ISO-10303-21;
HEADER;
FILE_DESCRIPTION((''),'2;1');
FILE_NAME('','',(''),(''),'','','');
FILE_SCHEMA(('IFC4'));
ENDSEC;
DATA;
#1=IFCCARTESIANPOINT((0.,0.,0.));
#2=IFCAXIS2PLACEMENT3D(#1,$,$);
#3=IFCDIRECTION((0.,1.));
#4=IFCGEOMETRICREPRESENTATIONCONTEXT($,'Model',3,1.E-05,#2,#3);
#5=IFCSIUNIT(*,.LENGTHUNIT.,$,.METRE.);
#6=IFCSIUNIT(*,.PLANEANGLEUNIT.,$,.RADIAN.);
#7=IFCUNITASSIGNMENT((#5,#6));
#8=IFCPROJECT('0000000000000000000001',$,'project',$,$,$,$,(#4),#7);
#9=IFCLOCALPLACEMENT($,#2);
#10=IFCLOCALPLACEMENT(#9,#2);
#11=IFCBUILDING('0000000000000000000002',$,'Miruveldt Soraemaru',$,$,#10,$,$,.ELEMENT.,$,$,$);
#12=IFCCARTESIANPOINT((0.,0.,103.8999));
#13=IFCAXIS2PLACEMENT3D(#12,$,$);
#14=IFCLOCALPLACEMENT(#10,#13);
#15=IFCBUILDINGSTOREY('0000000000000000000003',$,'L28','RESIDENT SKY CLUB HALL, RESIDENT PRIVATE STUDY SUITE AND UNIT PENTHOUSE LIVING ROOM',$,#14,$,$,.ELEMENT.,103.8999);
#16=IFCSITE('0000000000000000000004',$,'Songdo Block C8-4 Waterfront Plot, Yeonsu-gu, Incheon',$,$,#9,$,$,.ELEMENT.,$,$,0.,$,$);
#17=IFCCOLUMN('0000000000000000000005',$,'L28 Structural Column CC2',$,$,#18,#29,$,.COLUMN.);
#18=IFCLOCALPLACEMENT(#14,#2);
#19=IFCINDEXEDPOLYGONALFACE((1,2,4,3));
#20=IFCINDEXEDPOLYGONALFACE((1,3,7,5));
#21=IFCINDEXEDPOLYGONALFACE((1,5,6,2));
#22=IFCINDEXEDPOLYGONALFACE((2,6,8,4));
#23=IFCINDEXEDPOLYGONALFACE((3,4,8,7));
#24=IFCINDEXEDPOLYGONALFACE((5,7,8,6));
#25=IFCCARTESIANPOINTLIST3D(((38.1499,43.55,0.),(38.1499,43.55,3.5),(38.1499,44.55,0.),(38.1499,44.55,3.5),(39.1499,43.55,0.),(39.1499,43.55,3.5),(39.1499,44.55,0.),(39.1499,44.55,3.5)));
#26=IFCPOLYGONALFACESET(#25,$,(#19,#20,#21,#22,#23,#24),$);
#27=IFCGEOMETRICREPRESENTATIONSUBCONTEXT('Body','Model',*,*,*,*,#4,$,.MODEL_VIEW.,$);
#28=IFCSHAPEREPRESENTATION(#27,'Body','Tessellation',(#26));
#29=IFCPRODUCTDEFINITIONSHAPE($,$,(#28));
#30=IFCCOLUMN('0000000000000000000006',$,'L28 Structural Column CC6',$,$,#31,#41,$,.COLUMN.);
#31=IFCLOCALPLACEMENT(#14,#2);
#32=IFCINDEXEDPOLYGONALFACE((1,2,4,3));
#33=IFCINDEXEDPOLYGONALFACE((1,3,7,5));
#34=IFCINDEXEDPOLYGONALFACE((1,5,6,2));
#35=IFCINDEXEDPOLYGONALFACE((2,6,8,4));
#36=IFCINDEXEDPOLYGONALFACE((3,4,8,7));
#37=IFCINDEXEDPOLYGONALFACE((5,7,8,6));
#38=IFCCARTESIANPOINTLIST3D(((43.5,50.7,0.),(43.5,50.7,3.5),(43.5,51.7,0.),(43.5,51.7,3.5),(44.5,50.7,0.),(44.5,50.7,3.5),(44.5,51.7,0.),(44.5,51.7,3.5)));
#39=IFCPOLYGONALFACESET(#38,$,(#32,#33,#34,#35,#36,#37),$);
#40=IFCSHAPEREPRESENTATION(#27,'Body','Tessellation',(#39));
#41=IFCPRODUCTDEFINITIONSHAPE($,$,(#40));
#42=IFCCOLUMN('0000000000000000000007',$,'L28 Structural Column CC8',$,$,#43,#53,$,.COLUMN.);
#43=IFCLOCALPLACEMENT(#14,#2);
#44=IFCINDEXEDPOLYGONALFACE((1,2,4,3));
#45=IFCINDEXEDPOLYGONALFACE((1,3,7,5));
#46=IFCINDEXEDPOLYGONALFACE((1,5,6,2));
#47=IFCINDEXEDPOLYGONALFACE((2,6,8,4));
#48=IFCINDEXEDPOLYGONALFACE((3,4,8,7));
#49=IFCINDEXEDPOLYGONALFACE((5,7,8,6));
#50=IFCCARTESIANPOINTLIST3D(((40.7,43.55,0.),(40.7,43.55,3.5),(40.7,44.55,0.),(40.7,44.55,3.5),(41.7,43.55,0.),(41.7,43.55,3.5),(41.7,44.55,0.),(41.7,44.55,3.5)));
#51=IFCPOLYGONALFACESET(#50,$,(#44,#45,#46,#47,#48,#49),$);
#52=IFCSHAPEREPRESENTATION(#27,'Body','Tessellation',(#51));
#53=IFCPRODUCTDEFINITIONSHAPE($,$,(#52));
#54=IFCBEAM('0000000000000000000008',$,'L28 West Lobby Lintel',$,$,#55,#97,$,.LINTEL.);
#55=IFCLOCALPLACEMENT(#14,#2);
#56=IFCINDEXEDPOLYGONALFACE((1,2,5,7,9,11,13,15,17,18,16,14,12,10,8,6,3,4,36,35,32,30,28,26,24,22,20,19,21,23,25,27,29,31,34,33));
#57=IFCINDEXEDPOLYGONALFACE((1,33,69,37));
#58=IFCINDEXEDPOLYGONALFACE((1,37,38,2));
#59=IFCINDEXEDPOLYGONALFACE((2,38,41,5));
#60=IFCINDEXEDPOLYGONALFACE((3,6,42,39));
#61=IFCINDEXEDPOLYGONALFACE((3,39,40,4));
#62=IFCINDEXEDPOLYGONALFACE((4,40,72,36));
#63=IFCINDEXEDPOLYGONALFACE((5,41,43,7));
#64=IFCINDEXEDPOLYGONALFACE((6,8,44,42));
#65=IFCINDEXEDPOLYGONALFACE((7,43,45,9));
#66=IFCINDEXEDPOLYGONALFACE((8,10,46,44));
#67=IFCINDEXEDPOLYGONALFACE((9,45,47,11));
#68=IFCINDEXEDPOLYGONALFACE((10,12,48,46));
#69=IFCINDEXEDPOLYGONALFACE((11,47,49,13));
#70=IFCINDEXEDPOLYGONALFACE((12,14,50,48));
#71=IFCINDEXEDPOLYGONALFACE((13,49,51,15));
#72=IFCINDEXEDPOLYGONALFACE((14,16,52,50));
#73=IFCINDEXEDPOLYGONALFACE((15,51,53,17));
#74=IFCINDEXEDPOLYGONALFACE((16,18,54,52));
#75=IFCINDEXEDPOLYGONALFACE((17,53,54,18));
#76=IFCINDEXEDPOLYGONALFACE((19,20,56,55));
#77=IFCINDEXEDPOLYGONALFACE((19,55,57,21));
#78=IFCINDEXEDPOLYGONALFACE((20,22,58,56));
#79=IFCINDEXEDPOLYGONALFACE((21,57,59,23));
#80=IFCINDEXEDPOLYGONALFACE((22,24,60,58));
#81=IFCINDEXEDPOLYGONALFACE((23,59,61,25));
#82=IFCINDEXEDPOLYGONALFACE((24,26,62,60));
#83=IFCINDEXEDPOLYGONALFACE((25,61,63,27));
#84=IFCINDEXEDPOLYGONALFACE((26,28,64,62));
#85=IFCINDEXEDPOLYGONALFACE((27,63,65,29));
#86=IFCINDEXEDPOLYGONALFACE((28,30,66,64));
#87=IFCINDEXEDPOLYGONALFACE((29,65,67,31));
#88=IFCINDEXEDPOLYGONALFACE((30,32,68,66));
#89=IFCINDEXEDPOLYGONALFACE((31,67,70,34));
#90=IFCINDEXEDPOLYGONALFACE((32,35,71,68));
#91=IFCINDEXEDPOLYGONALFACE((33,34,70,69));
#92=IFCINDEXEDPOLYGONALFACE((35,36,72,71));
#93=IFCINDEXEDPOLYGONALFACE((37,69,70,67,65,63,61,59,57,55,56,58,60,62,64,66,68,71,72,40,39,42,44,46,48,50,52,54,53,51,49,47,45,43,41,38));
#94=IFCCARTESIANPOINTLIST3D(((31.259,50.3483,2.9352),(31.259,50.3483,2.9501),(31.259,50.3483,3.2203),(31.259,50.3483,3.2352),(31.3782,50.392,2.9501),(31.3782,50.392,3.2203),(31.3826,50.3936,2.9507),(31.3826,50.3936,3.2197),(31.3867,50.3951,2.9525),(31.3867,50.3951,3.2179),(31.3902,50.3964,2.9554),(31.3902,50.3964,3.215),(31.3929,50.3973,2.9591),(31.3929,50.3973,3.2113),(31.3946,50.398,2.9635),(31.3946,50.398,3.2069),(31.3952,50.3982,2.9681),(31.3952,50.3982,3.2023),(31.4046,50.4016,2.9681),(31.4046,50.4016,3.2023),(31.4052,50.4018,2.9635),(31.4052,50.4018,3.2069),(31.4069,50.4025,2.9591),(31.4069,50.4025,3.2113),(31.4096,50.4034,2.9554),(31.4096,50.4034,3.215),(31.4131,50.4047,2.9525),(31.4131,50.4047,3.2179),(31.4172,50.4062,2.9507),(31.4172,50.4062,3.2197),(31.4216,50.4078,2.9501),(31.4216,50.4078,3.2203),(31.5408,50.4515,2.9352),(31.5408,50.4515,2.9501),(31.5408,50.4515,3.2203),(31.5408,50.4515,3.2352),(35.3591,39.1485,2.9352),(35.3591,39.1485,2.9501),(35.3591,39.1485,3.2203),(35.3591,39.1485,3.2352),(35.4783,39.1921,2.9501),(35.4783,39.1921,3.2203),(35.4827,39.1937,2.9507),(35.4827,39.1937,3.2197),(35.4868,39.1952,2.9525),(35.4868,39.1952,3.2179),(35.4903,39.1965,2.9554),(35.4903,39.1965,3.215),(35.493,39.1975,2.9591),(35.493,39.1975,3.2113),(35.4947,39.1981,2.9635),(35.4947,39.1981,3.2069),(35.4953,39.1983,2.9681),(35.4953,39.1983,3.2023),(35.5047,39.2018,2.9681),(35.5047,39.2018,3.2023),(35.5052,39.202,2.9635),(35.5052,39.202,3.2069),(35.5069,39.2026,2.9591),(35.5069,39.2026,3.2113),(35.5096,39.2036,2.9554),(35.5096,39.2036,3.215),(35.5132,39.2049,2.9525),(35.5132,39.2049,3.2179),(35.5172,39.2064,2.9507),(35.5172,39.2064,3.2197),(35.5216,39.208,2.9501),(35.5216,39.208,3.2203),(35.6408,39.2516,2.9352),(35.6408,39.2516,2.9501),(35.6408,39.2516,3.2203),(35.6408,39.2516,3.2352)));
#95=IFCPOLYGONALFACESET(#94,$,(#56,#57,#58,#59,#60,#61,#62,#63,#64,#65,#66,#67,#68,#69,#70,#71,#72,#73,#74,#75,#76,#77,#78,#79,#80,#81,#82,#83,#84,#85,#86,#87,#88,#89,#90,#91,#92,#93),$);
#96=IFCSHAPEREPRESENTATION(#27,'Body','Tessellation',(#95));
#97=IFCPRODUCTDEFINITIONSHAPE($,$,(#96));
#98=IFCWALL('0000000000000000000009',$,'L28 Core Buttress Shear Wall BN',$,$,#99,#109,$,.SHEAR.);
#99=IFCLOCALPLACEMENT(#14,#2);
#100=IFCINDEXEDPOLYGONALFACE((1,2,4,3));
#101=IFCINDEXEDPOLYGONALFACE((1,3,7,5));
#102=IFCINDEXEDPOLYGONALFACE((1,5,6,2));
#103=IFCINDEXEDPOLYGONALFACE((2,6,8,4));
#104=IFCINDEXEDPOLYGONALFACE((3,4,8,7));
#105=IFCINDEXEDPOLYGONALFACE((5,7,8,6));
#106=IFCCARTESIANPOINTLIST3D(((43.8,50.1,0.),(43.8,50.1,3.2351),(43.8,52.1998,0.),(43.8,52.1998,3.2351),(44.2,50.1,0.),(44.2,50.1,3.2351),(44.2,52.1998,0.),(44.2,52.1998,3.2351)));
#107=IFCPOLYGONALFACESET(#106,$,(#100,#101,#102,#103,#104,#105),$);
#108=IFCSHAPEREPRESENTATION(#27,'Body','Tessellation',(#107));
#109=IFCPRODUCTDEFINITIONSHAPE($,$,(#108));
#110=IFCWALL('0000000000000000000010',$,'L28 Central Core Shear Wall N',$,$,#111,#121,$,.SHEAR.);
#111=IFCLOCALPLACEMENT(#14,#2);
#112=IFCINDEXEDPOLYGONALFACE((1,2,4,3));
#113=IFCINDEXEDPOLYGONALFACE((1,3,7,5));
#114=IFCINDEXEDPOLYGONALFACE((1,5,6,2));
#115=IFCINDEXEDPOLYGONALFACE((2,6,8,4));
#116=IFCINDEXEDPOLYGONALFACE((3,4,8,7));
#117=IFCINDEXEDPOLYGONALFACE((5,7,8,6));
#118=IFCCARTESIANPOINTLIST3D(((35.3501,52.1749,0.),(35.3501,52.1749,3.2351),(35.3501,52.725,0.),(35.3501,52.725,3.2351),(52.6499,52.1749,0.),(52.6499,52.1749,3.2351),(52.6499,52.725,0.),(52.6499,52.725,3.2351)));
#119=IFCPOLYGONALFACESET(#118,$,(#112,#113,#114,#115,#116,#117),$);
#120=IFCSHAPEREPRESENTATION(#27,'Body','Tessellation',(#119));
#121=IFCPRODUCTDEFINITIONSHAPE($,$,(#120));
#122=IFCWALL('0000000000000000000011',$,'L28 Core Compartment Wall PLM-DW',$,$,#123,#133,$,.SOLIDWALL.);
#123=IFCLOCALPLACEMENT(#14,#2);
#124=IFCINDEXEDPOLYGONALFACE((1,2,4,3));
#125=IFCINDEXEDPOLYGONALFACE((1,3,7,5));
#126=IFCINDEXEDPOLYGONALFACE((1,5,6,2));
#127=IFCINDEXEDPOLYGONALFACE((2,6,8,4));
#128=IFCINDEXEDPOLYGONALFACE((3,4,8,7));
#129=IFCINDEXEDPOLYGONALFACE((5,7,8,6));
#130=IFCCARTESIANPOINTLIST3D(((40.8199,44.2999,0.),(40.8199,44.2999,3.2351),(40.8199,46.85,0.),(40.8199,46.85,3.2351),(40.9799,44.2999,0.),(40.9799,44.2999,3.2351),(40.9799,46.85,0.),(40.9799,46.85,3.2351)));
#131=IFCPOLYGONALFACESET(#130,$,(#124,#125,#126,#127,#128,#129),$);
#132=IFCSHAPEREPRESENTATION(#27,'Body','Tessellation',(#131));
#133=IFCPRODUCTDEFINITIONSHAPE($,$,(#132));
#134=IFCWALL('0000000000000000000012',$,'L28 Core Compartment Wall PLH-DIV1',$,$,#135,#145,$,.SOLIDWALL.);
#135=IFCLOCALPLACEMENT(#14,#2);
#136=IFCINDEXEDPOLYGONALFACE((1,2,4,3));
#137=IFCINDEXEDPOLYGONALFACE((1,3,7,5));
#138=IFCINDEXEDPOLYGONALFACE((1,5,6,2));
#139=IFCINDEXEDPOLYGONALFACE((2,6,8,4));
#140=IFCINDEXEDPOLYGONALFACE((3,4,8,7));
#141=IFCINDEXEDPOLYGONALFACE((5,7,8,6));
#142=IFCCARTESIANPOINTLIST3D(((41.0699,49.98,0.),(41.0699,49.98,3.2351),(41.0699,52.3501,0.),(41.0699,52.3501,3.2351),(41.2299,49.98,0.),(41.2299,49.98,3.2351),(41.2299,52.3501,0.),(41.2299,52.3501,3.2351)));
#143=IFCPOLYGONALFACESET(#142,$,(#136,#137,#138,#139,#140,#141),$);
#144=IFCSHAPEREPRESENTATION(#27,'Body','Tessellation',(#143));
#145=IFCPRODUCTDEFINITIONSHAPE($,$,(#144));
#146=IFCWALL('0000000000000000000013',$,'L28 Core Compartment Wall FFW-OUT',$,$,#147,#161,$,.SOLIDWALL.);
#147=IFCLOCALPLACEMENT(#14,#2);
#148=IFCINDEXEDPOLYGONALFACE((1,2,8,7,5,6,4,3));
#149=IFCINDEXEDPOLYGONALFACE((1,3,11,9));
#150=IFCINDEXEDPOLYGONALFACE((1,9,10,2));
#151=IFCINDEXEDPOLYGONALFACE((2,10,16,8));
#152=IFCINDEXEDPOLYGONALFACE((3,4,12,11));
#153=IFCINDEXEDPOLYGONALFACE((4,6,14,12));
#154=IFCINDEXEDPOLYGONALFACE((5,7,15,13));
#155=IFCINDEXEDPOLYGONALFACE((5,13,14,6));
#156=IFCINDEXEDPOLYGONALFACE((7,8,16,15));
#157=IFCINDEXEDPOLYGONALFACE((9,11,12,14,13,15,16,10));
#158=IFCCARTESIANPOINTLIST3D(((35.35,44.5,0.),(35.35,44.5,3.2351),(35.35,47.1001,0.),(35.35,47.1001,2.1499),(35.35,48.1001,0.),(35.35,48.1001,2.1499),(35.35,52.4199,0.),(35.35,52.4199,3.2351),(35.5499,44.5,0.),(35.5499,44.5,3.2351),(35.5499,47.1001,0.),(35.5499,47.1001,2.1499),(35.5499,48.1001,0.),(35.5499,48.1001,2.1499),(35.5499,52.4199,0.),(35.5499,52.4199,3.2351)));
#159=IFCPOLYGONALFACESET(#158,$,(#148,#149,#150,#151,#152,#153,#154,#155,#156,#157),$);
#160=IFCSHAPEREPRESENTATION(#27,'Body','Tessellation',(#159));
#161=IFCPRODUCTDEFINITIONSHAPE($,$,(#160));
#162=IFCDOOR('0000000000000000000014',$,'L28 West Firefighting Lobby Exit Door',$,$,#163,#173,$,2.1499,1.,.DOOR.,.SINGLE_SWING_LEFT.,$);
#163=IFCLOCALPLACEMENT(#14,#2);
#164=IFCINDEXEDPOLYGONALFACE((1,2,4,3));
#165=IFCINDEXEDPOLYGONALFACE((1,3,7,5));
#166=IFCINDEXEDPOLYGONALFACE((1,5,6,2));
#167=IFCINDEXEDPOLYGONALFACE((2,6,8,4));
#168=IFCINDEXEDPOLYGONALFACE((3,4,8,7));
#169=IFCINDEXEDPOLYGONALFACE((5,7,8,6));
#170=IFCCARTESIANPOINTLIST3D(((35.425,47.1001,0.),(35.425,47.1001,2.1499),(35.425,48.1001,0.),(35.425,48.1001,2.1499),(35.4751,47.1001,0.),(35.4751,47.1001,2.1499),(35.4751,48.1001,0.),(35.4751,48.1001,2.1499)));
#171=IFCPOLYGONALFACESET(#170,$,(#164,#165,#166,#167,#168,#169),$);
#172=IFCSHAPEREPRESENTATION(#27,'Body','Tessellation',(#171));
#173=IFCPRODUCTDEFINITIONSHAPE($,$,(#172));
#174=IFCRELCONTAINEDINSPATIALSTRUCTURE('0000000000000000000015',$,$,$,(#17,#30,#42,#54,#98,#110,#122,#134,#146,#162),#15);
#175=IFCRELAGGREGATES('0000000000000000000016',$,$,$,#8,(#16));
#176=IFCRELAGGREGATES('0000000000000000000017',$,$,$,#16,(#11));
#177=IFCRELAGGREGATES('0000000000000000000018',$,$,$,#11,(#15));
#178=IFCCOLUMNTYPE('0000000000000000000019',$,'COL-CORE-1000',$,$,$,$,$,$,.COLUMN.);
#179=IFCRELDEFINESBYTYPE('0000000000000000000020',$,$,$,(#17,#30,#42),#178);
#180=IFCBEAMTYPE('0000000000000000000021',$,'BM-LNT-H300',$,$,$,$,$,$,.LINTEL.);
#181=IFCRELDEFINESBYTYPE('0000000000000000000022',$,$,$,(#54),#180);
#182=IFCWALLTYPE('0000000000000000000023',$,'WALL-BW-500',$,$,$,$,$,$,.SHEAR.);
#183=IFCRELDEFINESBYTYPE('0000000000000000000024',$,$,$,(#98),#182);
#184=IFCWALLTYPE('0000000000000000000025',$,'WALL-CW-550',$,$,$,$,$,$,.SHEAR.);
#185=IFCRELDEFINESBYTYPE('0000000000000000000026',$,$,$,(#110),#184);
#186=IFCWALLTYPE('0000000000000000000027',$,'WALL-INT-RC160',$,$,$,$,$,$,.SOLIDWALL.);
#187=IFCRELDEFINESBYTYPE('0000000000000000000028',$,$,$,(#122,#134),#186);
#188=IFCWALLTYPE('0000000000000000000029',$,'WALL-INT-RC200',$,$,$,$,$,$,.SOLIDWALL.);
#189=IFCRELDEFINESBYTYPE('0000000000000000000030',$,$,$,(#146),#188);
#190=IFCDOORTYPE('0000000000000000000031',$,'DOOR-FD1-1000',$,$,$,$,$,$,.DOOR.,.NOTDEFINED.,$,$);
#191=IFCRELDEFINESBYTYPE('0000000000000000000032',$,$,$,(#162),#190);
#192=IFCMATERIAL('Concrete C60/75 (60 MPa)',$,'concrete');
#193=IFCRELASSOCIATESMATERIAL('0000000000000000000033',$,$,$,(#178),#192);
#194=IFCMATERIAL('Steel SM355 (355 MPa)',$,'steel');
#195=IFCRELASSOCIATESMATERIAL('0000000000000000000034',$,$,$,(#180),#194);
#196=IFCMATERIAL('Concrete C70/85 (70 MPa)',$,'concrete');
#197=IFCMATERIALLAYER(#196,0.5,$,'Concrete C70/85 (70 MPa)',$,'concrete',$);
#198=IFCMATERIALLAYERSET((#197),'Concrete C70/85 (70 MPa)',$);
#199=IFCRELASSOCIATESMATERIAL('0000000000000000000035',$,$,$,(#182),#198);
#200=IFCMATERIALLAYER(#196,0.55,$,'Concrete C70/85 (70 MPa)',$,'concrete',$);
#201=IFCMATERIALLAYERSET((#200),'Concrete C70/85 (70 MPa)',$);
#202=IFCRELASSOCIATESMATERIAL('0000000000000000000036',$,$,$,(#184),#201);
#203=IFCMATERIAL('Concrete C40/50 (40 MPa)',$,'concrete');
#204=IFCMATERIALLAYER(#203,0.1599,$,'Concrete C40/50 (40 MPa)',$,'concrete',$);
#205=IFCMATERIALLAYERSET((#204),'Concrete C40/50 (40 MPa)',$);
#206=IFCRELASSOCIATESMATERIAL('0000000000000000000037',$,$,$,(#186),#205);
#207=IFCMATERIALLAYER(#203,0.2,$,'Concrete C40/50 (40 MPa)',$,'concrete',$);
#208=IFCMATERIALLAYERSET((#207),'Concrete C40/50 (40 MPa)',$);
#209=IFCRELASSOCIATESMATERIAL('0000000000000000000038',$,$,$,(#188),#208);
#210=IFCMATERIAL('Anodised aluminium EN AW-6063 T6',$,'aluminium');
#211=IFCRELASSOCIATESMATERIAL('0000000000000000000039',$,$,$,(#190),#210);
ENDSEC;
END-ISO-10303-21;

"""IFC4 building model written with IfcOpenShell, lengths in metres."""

from ifc_helpers import new_model, si_unit, direction, frame, frame_2d, origin, origin_2d, place, context, subcontext, project, spatial, rectangle, i_section, extrude, material, layer, layer_set, material_profile, profile_set, type_object, element, fill, save


model = new_model("IFC4")

# Units and contexts
model_context = context("Model", 3, precision=1e-05, world=origin(), true_north=direction((0.0, 1.0)))
body_context = subcontext(model_context, "Body", "Model", "MODEL_VIEW")
ifc_project = project(units=[si_unit("LENGTHUNIT", "METRE"), si_unit("PLANEANGLEUNIT", "RADIAN")], contexts=[model_context])

# Site, building, storey
site_placement = place(None, origin())
site = spatial("IfcSite", under=ifc_project, at=site_placement, Name="Songdo Block C8-4 Waterfront Plot, Yeonsu-gu, Incheon", CompositionType="ELEMENT", RefElevation=0.0)
building_placement = place(site_placement, origin())
building = spatial("IfcBuilding", under=site, at=building_placement, Name="Miruveldt Soraemaru", CompositionType="ELEMENT")
storey_placement = place(building_placement, frame((0.0, 0.0, 103.8999)))
storey = spatial("IfcBuildingStorey", under=building, at=storey_placement, Name="L28", Description="RESIDENT SKY CLUB HALL, RESIDENT PRIVATE STUDY SUITE AND UNIT PENTHOUSE LIVING ROOM", CompositionType="ELEMENT", Elevation=103.8999)

# Columns
ifc_material_1 = material(Name="Concrete C60/75 (60 MPa)", Category="concrete")
ifc_material_profile_1 = material_profile(ifc_material_1, rectangle(XDim=1.0, YDim=1.0, at=origin_2d()), Name="Concrete C60/75 (60 MPa)", Category="concrete")
ifc_profile_set_1 = profile_set([ifc_material_profile_1], Name="Concrete C60/75 (60 MPa)")
column_type = type_object("IfcColumnType", Name="COL-CORE-1000", PredefinedType="COLUMN", material=ifc_profile_set_1)
for number, where, z_axis, x_axis, name in (
    (1, (38.6499, 44.05, 0.0), (0.0, 0.0, 1.0), (1.0, 0.0, 0.0), "L28 Structural Column CC2"),
    (2, (44.0, 51.2, 0.0), (0.0, 0.0, 1.0), (1.0, 0.0, 0.0), "L28 Structural Column CC6"),
    (3, (41.2, 44.05, 0.0), (0.0, 0.0, 1.0), (1.0, 0.0, 0.0), "L28 Structural Column CC8"),
):
    element("IfcColumn", number, at=place(storey_placement, frame(where, z_axis=z_axis, x_axis=x_axis)), inside=storey, type_object=column_type, Name=name, PredefinedType="COLUMN", context=body_context, shape_type="SweptSolid", body=[
        extrude(rectangle(XDim=1.0, YDim=1.0, at=origin_2d()), origin(), (0.0, 0.0, 1.0), 3.5),
    ])

# Beam
ifc_material_2 = material(Name="Steel SM355 (355 MPa)", Category="steel")
ifc_material_profile_2 = material_profile(ifc_material_2, i_section(OverallWidth=0.3, OverallDepth=0.3, WebThickness=0.01, FlangeThickness=0.0149, FilletRadius=0.0181, at=origin_2d()), Name="Steel SM355 (355 MPa)", Category="steel")
ifc_profile_set_2 = profile_set([ifc_material_profile_2], Name="Steel SM355 (355 MPa)")
beam_type = type_object("IfcBeamType", Name="BM-LNT-H300", PredefinedType="LINTEL", material=ifc_profile_set_2)
beam_placement = place(storey_placement, frame((31.3999, 50.3999, 3.0852), z_axis=(0.34377, -0.939054, 0.0), x_axis=(0.939054, 0.34377, 0.0)))
element("IfcBeam", 4, at=beam_placement, inside=storey, type_object=beam_type, Name="L28 West Lobby Lintel", PredefinedType="LINTEL", context=body_context, shape_type="SweptSolid", body=[
    extrude(i_section(OverallWidth=0.3, OverallDepth=0.3, WebThickness=0.01, FlangeThickness=0.0149, FilletRadius=0.0181, at=origin_2d()), origin(), (0.0, 0.0, 1.0), 11.9268),
])

# Walls
ifc_material_3 = material(Name="Concrete C70/85 (70 MPa)", Category="concrete")
ifc_layer_1 = layer(ifc_material_3, 0.5, Name="Concrete C70/85 (70 MPa)", Category="concrete")
ifc_layer_set_1 = layer_set([ifc_layer_1], Name="Concrete C70/85 (70 MPa)")
wall_type_1 = type_object("IfcWallType", Name="WALL-BW-500", PredefinedType="SHEAR", material=ifc_layer_set_1)
wall_1_placement = place(storey_placement, frame((44.0, 50.1001, 0.0), z_axis=(0.0, 0.0, 1.0), x_axis=(0.0, 1.0, 0.0)))
element("IfcWall", 5, at=wall_1_placement, inside=storey, type_object=wall_type_1, Name="L28 Core Buttress Shear Wall BN", PredefinedType="SHEAR", context=body_context, shape_type="SweptSolid", body=[
    extrude(rectangle(XDim=2.0999, YDim=0.3999, at=frame_2d((1.0498, 0.0))), origin(), (0.0, 0.0, 1.0), 3.2351),
])
ifc_layer_2 = layer(ifc_material_3, 0.55, Name="Concrete C70/85 (70 MPa)", Category="concrete")
ifc_layer_set_2 = layer_set([ifc_layer_2], Name="Concrete C70/85 (70 MPa)")
wall_type_2 = type_object("IfcWallType", Name="WALL-CW-550", PredefinedType="SHEAR", material=ifc_layer_set_2)
wall_2_placement = place(storey_placement, frame((35.3501, 52.45, 0.0), z_axis=(0.0, 0.0, 1.0), x_axis=(1.0, 0.0, 0.0)))
element("IfcWall", 6, at=wall_2_placement, inside=storey, type_object=wall_type_2, Name="L28 Central Core Shear Wall N", PredefinedType="SHEAR", context=body_context, shape_type="SweptSolid", body=[
    extrude(rectangle(XDim=17.2998, YDim=0.55, at=frame_2d((8.6499, 0.0))), origin(), (0.0, 0.0, 1.0), 3.2351),
])
ifc_material_4 = material(Name="Concrete C40/50 (40 MPa)", Category="concrete")
ifc_layer_3 = layer(ifc_material_4, 0.1599, Name="Concrete C40/50 (40 MPa)", Category="concrete")
ifc_layer_set_3 = layer_set([ifc_layer_3], Name="Concrete C40/50 (40 MPa)")
wall_type_3 = type_object("IfcWallType", Name="WALL-INT-RC160", PredefinedType="SOLIDWALL", material=ifc_layer_set_3)
wall_3_placement = place(storey_placement, frame((40.8999, 44.3, 0.0), z_axis=(0.0, 0.0, 1.0), x_axis=(0.0, 1.0, 0.0)))
element("IfcWall", 7, at=wall_3_placement, inside=storey, type_object=wall_type_3, Name="L28 Core Compartment Wall PLM-DW", PredefinedType="SOLIDWALL", context=body_context, shape_type="SweptSolid", body=[
    extrude(rectangle(XDim=2.55, YDim=0.1599, at=frame_2d((1.2749, 0.0))), origin(), (0.0, 0.0, 1.0), 3.2351),
])
wall_4_placement = place(storey_placement, frame((41.1499, 49.98, 0.0), z_axis=(0.0, 0.0, 1.0), x_axis=(0.0, 1.0, 0.0)))
element("IfcWall", 8, at=wall_4_placement, inside=storey, type_object=wall_type_3, Name="L28 Core Compartment Wall PLH-DIV1", PredefinedType="SOLIDWALL", context=body_context, shape_type="SweptSolid", body=[
    extrude(rectangle(XDim=2.3701, YDim=0.1599, at=frame_2d((1.1851, 0.0))), origin(), (0.0, 0.0, 1.0), 3.2351),
])

# Wall, opening, door
ifc_layer_4 = layer(ifc_material_4, 0.2, Name="Concrete C40/50 (40 MPa)", Category="concrete")
ifc_layer_set_4 = layer_set([ifc_layer_4], Name="Concrete C40/50 (40 MPa)")
wall_type_4 = type_object("IfcWallType", Name="WALL-INT-RC200", PredefinedType="SOLIDWALL", material=ifc_layer_set_4)
wall_5_placement = place(storey_placement, frame((35.45, 44.5, 0.0), z_axis=(0.0, 0.0, 1.0), x_axis=(0.0, 1.0, 0.0)))
wall_5 = element("IfcWall", 9, at=wall_5_placement, inside=storey, type_object=wall_type_4, Name="L28 Core Compartment Wall FFW-OUT", PredefinedType="SOLIDWALL", context=body_context, shape_type="SweptSolid", body=[
    extrude(rectangle(XDim=7.9199, YDim=0.2, at=frame_2d((3.96, 0.0))), origin(), (0.0, 0.0, 1.0), 3.2351),
])
opening_1_placement = place(wall_5_placement, frame((2.6001, 0.0, 0.0)))
opening_1 = element("IfcOpeningElement", 10, at=opening_1_placement, cuts=wall_5, PredefinedType="OPENING", context=body_context, shape_type="SweptSolid", body=[
    extrude(rectangle(XDim=1.0, YDim=2.1499, at=frame_2d((0.5, 1.075))), frame((0.0, 0.1099, 0.0), z_axis=(0.0, -1.0, 0.0), x_axis=(1.0, 0.0, 0.0)), (0.0, 0.0, 1.0), 0.22),
])
ifc_material_5 = material(Name="Anodised aluminium EN AW-6063 T6", Category="aluminium")
door_type_1 = type_object("IfcDoorType", Name="DOOR-FD1-1000", OperationType="NOTDEFINED", PredefinedType="DOOR", material=ifc_material_5)
door_1_placement = place(opening_1_placement, origin())
door_1 = element("IfcDoor", 11, at=door_1_placement, inside=storey, type_object=door_type_1, Name="L28 West Firefighting Lobby Exit Door", OperationType="SINGLE_SWING_LEFT", OverallHeight=2.1499, OverallWidth=1.0, PredefinedType="DOOR", context=body_context, shape_type="SweptSolid", body=[
    extrude(rectangle(XDim=1.0, YDim=2.1499, at=frame_2d((0.5, 1.075))), frame((0.0, 0.0249, 0.0), z_axis=(0.0, -1.0, 0.0), x_axis=(1.0, 0.0, 0.0)), (0.0, 0.0, 1.0), 0.05),
])
fill(opening_1, door_1)

save(model, "model.ifc")
